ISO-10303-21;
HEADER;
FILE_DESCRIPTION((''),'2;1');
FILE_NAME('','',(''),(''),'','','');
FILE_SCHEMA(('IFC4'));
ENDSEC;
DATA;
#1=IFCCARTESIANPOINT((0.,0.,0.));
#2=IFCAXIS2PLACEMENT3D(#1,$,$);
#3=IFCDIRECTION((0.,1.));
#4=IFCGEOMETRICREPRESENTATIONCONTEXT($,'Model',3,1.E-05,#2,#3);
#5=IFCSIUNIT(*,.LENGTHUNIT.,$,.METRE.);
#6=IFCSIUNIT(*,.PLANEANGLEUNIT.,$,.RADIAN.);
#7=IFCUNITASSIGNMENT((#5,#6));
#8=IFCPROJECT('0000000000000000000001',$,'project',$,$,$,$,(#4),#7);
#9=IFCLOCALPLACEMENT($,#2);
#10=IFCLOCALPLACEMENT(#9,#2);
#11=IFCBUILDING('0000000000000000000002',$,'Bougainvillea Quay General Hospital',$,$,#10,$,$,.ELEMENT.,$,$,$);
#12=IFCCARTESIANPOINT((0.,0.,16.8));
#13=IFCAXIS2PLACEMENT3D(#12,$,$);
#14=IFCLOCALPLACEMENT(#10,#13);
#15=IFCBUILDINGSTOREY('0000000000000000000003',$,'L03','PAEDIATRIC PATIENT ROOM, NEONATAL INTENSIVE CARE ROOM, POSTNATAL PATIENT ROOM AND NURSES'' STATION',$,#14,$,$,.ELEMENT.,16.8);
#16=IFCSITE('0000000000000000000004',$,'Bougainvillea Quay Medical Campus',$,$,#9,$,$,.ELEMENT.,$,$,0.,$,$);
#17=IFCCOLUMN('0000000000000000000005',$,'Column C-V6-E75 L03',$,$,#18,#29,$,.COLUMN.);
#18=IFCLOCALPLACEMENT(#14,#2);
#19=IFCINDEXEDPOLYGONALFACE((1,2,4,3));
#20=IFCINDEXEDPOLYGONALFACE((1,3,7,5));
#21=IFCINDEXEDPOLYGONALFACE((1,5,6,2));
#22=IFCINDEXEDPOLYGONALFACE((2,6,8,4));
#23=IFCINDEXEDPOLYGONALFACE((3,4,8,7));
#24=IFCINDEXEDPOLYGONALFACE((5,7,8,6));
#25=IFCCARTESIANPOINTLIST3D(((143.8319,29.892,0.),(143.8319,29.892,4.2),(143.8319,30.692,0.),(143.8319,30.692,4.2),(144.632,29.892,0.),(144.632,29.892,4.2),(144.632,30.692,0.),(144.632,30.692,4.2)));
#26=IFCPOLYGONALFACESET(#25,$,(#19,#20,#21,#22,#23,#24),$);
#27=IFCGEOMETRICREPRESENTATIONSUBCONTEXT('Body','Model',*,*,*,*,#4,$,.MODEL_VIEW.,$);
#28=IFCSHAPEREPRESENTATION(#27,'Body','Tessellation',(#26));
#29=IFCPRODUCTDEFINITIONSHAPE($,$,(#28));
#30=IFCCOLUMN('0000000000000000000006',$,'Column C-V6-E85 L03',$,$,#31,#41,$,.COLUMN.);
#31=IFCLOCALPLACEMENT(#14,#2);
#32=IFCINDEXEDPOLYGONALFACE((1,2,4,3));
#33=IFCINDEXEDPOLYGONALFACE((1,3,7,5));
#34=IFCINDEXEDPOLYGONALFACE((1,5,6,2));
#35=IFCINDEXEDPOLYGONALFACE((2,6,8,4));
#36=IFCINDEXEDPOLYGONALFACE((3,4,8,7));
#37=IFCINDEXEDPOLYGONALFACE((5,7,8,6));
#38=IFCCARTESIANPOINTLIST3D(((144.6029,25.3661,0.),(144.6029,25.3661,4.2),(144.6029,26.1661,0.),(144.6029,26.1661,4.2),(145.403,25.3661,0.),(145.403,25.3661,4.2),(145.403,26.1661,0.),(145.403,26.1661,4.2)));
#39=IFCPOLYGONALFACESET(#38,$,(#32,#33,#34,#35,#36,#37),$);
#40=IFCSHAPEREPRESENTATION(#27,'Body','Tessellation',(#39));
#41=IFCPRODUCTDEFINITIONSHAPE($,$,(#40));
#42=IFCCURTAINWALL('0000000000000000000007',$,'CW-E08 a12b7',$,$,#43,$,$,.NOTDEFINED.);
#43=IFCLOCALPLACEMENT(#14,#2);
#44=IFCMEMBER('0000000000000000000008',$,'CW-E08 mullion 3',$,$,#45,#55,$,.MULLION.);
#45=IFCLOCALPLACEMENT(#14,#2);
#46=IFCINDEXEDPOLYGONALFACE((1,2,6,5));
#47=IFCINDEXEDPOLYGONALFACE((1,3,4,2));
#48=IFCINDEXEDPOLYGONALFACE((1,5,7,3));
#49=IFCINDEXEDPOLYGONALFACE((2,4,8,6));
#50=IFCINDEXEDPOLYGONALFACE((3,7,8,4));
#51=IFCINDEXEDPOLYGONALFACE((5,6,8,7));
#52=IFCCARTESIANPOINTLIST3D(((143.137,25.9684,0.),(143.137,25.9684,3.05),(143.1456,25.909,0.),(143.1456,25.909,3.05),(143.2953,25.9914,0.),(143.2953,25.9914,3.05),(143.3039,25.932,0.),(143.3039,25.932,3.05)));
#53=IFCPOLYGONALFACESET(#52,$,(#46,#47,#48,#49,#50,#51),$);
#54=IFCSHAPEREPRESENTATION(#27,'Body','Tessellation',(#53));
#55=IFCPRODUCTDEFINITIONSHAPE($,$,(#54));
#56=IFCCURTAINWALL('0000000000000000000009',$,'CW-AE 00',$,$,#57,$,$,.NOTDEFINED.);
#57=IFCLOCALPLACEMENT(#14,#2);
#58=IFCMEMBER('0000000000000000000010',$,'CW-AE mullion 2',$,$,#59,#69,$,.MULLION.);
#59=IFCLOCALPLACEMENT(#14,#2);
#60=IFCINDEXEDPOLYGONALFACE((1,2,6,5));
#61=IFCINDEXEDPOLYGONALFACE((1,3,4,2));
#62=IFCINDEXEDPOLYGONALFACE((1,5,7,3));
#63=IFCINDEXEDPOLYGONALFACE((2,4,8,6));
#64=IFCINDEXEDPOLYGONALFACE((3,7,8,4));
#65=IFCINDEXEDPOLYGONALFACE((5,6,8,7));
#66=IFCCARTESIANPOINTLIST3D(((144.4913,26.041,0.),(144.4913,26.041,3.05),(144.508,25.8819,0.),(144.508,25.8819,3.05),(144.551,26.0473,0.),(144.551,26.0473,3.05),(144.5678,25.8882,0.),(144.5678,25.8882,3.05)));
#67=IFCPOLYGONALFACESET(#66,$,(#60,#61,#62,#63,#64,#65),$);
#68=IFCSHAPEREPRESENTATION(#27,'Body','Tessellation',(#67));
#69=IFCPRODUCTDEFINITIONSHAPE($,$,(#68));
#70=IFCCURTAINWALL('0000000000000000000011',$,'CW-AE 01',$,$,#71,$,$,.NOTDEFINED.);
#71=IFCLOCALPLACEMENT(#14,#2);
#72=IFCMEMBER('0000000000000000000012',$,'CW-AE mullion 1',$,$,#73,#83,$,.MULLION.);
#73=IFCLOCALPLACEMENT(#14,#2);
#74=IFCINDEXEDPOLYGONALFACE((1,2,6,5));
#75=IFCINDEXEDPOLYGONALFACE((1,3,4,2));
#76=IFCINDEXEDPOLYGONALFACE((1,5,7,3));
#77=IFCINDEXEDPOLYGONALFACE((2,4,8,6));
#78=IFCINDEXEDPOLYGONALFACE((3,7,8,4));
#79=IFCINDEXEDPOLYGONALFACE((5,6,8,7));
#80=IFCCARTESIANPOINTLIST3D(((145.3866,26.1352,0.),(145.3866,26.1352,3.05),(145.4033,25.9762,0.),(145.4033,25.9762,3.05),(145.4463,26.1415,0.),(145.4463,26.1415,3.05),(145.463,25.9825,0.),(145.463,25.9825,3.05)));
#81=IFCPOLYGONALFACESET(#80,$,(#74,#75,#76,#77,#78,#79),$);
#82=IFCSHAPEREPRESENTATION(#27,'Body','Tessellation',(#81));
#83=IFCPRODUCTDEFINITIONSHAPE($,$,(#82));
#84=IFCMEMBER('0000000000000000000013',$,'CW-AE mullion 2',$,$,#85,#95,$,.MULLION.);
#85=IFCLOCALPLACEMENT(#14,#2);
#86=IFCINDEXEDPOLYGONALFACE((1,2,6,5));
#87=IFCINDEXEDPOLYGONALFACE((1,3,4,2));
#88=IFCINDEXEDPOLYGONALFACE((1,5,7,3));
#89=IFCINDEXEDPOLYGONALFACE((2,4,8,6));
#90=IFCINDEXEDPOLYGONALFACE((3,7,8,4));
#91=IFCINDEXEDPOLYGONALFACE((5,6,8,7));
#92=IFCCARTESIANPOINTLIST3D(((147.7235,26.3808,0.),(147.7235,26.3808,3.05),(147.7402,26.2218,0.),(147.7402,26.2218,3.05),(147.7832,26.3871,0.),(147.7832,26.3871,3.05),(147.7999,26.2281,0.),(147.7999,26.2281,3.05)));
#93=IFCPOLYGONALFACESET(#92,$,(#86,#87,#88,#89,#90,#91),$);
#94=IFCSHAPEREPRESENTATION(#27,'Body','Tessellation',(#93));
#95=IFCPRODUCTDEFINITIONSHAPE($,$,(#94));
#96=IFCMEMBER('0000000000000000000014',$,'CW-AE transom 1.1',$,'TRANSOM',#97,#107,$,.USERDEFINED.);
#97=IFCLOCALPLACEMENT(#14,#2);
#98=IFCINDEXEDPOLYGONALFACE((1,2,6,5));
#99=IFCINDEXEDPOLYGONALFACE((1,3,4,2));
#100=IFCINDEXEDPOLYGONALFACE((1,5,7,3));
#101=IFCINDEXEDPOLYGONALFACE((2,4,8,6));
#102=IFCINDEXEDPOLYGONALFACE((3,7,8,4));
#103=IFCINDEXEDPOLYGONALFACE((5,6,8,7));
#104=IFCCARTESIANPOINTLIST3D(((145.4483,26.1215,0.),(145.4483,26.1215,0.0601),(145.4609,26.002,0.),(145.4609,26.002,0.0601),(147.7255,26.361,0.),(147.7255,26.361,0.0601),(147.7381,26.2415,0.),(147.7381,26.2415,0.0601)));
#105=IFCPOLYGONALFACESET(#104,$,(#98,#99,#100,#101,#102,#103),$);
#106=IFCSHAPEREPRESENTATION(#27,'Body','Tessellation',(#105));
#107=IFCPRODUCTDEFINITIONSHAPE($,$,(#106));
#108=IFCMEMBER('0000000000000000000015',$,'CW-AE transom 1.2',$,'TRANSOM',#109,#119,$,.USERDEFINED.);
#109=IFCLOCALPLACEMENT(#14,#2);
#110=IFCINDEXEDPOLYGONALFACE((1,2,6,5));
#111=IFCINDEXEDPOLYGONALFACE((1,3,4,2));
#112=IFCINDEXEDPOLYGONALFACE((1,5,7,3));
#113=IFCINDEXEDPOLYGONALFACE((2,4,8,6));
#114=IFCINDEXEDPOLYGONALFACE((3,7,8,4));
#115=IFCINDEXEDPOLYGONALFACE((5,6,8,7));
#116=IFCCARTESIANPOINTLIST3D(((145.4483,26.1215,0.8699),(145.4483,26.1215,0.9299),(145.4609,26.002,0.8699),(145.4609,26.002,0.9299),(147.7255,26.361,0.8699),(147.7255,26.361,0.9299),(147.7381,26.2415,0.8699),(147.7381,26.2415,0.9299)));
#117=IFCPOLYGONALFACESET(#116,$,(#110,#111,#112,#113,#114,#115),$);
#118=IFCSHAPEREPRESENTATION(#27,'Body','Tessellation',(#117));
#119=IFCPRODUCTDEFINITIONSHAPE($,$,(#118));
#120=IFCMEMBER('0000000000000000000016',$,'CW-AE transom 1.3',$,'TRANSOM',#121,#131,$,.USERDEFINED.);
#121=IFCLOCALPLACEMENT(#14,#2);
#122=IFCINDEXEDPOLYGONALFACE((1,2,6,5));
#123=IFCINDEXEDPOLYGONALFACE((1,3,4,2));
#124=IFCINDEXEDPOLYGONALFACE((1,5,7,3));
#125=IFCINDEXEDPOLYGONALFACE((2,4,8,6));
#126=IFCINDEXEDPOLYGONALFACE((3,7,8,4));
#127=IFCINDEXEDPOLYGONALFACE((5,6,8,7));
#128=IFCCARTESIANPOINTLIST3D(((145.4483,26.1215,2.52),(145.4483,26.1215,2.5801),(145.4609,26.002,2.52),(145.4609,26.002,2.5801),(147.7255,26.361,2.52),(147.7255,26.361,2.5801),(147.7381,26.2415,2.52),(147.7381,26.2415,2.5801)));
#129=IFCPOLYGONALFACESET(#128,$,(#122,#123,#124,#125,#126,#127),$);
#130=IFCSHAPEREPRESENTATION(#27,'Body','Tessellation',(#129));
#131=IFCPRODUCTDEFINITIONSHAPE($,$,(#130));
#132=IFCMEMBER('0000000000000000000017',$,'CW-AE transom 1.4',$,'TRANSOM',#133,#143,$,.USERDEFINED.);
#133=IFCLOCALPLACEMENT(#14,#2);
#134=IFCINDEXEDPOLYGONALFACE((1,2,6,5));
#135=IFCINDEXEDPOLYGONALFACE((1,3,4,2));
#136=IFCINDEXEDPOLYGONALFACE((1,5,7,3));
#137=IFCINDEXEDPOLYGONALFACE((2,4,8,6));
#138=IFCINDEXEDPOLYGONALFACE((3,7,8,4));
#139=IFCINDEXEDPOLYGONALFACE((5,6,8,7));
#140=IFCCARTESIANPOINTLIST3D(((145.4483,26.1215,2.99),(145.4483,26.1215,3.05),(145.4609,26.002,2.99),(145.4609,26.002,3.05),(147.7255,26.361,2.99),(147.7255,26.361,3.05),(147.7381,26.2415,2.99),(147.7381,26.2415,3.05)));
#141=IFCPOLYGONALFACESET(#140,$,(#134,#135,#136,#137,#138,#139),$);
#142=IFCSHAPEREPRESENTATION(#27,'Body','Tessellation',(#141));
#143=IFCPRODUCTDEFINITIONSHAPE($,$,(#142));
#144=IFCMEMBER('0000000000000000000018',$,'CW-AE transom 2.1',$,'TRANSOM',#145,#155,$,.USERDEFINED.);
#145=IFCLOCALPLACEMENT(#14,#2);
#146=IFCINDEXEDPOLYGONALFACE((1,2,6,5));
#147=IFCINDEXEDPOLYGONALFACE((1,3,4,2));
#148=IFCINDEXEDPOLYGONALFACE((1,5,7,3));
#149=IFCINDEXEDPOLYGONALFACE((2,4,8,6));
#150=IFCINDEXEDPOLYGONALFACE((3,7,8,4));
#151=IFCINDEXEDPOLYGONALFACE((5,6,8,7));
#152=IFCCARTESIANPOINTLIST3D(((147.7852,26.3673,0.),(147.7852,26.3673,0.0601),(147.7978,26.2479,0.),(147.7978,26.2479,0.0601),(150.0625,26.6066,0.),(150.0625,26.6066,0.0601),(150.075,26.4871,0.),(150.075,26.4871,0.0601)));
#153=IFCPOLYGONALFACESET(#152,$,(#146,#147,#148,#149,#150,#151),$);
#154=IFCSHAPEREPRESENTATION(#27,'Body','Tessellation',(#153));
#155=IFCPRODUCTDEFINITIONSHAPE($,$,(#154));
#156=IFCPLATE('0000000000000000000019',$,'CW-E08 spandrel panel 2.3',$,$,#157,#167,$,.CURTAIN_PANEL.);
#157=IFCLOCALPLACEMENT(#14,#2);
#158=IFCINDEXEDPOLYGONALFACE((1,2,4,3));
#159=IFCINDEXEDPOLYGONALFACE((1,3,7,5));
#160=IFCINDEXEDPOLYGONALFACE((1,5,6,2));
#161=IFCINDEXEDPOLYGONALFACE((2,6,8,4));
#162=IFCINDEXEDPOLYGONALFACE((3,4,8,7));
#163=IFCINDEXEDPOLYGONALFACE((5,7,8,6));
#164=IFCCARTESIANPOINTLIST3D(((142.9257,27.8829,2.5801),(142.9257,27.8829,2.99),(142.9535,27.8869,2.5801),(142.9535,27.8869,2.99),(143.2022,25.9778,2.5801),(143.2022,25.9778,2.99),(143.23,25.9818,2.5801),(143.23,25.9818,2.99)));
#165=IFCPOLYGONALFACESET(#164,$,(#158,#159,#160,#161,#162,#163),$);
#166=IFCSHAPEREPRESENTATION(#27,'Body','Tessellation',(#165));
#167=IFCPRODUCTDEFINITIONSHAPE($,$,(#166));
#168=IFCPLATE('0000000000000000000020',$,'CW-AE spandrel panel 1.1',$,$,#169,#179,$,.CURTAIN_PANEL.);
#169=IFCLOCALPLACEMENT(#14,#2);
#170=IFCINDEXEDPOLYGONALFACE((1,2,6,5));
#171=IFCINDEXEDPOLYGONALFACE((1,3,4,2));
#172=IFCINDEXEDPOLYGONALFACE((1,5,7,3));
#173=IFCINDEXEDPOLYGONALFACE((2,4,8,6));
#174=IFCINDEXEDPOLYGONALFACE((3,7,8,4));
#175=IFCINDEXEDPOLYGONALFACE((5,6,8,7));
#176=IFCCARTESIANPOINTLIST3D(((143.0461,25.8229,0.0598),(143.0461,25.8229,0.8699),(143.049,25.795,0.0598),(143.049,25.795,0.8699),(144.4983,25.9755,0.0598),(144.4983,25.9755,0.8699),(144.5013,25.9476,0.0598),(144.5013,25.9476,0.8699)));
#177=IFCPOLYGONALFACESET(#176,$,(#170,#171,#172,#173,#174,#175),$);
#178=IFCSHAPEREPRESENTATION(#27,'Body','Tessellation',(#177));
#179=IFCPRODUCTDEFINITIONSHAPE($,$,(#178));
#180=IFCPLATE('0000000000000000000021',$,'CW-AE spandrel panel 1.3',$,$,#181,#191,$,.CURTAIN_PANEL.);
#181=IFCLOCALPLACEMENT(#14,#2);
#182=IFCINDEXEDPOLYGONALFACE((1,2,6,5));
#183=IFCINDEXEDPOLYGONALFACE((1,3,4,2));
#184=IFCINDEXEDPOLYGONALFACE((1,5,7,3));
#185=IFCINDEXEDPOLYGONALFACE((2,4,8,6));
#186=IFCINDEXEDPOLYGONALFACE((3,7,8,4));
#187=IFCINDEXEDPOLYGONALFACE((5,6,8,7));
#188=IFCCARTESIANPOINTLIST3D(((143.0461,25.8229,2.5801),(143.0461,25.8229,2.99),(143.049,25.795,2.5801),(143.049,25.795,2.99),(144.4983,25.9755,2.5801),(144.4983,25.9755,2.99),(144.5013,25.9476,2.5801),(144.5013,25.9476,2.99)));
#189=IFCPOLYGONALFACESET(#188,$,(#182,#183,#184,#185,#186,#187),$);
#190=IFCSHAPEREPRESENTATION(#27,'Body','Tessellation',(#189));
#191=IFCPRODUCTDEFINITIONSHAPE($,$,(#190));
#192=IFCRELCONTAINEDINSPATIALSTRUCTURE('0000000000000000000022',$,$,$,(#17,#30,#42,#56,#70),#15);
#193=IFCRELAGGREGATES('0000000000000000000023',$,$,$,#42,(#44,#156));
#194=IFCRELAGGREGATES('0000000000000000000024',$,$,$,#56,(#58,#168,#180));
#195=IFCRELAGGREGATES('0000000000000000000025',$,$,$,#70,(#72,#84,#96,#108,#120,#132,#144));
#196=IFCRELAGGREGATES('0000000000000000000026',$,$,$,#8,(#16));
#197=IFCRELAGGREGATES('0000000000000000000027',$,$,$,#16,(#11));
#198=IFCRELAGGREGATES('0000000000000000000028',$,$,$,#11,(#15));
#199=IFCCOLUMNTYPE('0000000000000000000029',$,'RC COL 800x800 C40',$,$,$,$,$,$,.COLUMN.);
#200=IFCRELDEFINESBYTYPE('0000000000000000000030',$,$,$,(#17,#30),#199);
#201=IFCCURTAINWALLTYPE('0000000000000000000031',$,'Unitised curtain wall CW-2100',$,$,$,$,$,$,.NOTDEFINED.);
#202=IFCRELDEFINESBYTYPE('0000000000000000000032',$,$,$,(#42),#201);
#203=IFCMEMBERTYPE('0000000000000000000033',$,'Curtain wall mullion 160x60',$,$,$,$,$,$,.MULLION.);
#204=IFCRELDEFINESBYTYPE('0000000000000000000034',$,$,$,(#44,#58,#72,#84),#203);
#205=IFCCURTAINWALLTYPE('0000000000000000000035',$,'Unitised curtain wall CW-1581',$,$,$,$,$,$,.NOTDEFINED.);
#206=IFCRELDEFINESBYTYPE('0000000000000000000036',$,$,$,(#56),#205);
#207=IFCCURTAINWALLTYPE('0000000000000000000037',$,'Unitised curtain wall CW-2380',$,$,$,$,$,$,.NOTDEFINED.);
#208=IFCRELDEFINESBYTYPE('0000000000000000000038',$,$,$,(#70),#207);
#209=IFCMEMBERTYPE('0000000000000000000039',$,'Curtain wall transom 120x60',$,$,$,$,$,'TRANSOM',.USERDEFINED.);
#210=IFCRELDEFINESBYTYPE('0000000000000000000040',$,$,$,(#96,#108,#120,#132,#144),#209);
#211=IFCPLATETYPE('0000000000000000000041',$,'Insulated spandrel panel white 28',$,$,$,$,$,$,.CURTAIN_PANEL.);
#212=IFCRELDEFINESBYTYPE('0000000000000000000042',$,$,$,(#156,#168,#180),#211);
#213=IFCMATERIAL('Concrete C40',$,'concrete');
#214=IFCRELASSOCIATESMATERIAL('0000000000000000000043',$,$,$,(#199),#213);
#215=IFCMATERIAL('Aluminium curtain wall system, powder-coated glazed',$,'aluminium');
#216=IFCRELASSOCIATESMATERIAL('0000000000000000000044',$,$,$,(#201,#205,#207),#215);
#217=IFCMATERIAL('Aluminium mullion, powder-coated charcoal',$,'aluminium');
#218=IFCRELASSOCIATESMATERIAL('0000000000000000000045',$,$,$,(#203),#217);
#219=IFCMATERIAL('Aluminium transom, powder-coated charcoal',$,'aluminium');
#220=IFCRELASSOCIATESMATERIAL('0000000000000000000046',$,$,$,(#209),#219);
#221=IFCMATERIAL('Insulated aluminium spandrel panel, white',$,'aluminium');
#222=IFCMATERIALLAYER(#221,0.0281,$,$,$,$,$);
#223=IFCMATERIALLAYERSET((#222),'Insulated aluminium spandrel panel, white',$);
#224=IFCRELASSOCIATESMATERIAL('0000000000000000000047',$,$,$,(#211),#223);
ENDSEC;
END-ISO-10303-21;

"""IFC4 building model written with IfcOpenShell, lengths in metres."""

from ifc_helpers import new_model, si_unit, direction, frame, origin, origin_2d, place, context, subcontext, project, spatial, rectangle, extrude, material, layer, layer_set, material_profile, profile_set, type_object, element, aggregate, save


model = new_model("IFC4")

# Units and contexts
model_context = context("Model", 3, precision=1e-05, world=origin(), true_north=direction((0.0, 1.0)))
body_context = subcontext(model_context, "Body", "Model", "MODEL_VIEW")
ifc_project = project(units=[si_unit("LENGTHUNIT", "METRE"), si_unit("PLANEANGLEUNIT", "RADIAN")], contexts=[model_context])

# Site, building, storey
site_placement = place(None, origin())
site = spatial("IfcSite", under=ifc_project, at=site_placement, Name="Bougainvillea Quay Medical Campus", CompositionType="ELEMENT", RefElevation=0.0)
building_placement = place(site_placement, origin())
building = spatial("IfcBuilding", under=site, at=building_placement, Name="Bougainvillea Quay General Hospital", CompositionType="ELEMENT")
storey_placement = place(building_placement, frame((0.0, 0.0, 16.8)))
storey = spatial("IfcBuildingStorey", under=building, at=storey_placement, Name="L03", Description="PAEDIATRIC PATIENT ROOM, NEONATAL INTENSIVE CARE ROOM, POSTNATAL PATIENT ROOM AND NURSES' STATION", CompositionType="ELEMENT", Elevation=16.8)

# Columns
ifc_material_1 = material(Name="Concrete C40", Category="concrete")
ifc_material_profile_1 = material_profile(ifc_material_1, rectangle(XDim=0.8, YDim=0.8, at=origin_2d()))
ifc_profile_set_1 = profile_set([ifc_material_profile_1], Name="Concrete C40")
column_type = type_object("IfcColumnType", Name="RC COL 800x800 C40", PredefinedType="COLUMN", material=ifc_profile_set_1)
for number, where, z_axis, x_axis, name in (
    (1, (144.2319, 30.292, 0.0), (0.0, 0.0, 1.0), (1.0, 0.0, 0.0), "Column C-V6-E75 L03"),
    (2, (145.0029, 25.7661, 0.0), (0.0, 0.0, 1.0), (1.0, 0.0, 0.0), "Column C-V6-E85 L03"),
):
    element("IfcColumn", number, at=place(storey_placement, frame(where, z_axis=z_axis, x_axis=x_axis)), inside=storey, type_object=column_type, Name=name, PredefinedType="COLUMN", context=body_context, shape_type="SweptSolid", body=[
        extrude(rectangle(XDim=0.8, YDim=0.8, at=origin_2d()), origin(), (0.0, 0.0, 1.0), 4.2),
    ])

# Curtain walls, members
ifc_material_2 = material(Name="Aluminium curtain wall system, powder-coated glazed", Category="aluminium")
curtain_wall_type_1 = type_object("IfcCurtainWallType", Name="Unitised curtain wall CW-2100", PredefinedType="NOTDEFINED", material=ifc_material_2)
curtain_wall_1_placement = place(storey_placement, origin())
curtain_wall_1 = element("IfcCurtainWall", 3, at=curtain_wall_1_placement, inside=storey, type_object=curtain_wall_type_1, Name="CW-E08 a12b7", PredefinedType="NOTDEFINED")
ifc_material_3 = material(Name="Aluminium mullion, powder-coated charcoal", Category="aluminium")
ifc_material_profile_2 = material_profile(ifc_material_3, rectangle(XDim=0.1599, YDim=0.0601, at=origin_2d()))
ifc_profile_set_2 = profile_set([ifc_material_profile_2], Name="Aluminium mullion, powder-coated charcoal")
member_type_1 = type_object("IfcMemberType", Name="Curtain wall mullion 160x60", PredefinedType="MULLION", material=ifc_profile_set_2)
member_1_placement = place(storey_placement, frame((143.2205, 25.9502, 0.0), z_axis=(0.0, 0.0, 1.0), x_axis=(0.98963, 0.143643, 0.0)))
member_1 = element("IfcMember", 4, at=member_1_placement, type_object=member_type_1, Name="CW-E08 mullion 3", PredefinedType="MULLION", context=body_context, shape_type="SweptSolid", body=[
    extrude(rectangle(XDim=0.1599, YDim=0.0601, at=origin_2d()), origin(), (0.0, 0.0, 1.0), 3.05),
])
curtain_wall_type_2 = type_object("IfcCurtainWallType", Name="Unitised curtain wall CW-1581", PredefinedType="NOTDEFINED", material=ifc_material_2)
curtain_wall_2_placement = place(storey_placement, origin())
curtain_wall_2 = element("IfcCurtainWall", 5, at=curtain_wall_2_placement, inside=storey, type_object=curtain_wall_type_2, Name="CW-AE 00", PredefinedType="NOTDEFINED")
member_2_placement = place(storey_placement, frame((144.5295, 25.9646, 0.0), z_axis=(0.0, 0.0, 1.0), x_axis=(-0.104527, 0.994522, 0.0)))
member_2 = element("IfcMember", 6, at=member_2_placement, type_object=member_type_1, Name="CW-AE mullion 2", PredefinedType="MULLION", context=body_context, shape_type="SweptSolid", body=[
    extrude(rectangle(XDim=0.1599, YDim=0.0601, at=origin_2d()), origin(), (0.0, 0.0, 1.0), 3.05),
])

# Curtain wall, members
curtain_wall_type_3 = type_object("IfcCurtainWallType", Name="Unitised curtain wall CW-2380", PredefinedType="NOTDEFINED", material=ifc_material_2)
curtain_wall_3_placement = place(storey_placement, origin())
curtain_wall_3 = element("IfcCurtainWall", 7, at=curtain_wall_3_placement, inside=storey, type_object=curtain_wall_type_3, Name="CW-AE 01", PredefinedType="NOTDEFINED")
member_3_placement = place(storey_placement, frame((145.4248, 26.0588, 0.0), z_axis=(0.0, 0.0, 1.0), x_axis=(-0.104527, 0.994522, 0.0)))
member_3 = element("IfcMember", 8, at=member_3_placement, type_object=member_type_1, Name="CW-AE mullion 1", PredefinedType="MULLION", context=body_context, shape_type="SweptSolid", body=[
    extrude(rectangle(XDim=0.1599, YDim=0.0601, at=origin_2d()), origin(), (0.0, 0.0, 1.0), 3.05),
])
member_4_placement = place(storey_placement, frame((147.7617, 26.3044, 0.0), z_axis=(0.0, 0.0, 1.0), x_axis=(-0.104527, 0.994522, 0.0)))
member_4 = element("IfcMember", 9, at=member_4_placement, type_object=member_type_1, Name="CW-AE mullion 2", PredefinedType="MULLION", context=body_context, shape_type="SweptSolid", body=[
    extrude(rectangle(XDim=0.1599, YDim=0.0601, at=origin_2d()), origin(), (0.0, 0.0, 1.0), 3.05),
])
ifc_material_4 = material(Name="Aluminium transom, powder-coated charcoal", Category="aluminium")
ifc_material_profile_3 = material_profile(ifc_material_4, rectangle(XDim=0.1201, YDim=0.0601, at=origin_2d()))
ifc_profile_set_3 = profile_set([ifc_material_profile_3], Name="Aluminium transom, powder-coated charcoal")
member_type_2 = type_object("IfcMemberType", Name="Curtain wall transom 120x60", ElementType="TRANSOM", PredefinedType="USERDEFINED", material=ifc_profile_set_3)
member_5_placement = place(storey_placement, frame((145.4546, 26.0618, 0.03), z_axis=(0.994515, 0.10459, 0.0), x_axis=(-0.10459, 0.994515, 0.0)))
member_5 = element("IfcMember", 10, at=member_5_placement, type_object=member_type_2, Name="CW-AE transom 1.1", ObjectType="TRANSOM", PredefinedType="USERDEFINED", context=body_context, shape_type="SweptSolid", body=[
    extrude(rectangle(XDim=0.1201, YDim=0.0601, at=origin_2d()), origin(), (0.0, 0.0, 1.0), 2.2898),
])
member_6_placement = place(storey_placement, frame((145.4546, 26.0618, 0.8999), z_axis=(0.994515, 0.10459, 0.0), x_axis=(-0.10459, 0.994515, 0.0)))
member_6 = element("IfcMember", 11, at=member_6_placement, type_object=member_type_2, Name="CW-AE transom 1.2", ObjectType="TRANSOM", PredefinedType="USERDEFINED", context=body_context, shape_type="SweptSolid", body=[
    extrude(rectangle(XDim=0.1201, YDim=0.0601, at=origin_2d()), origin(), (0.0, 0.0, 1.0), 2.2898),
])
member_7_placement = place(storey_placement, frame((145.4546, 26.0618, 2.55), z_axis=(0.994515, 0.10459, 0.0), x_axis=(-0.10459, 0.994515, 0.0)))
member_7 = element("IfcMember", 12, at=member_7_placement, type_object=member_type_2, Name="CW-AE transom 1.3", ObjectType="TRANSOM", PredefinedType="USERDEFINED", context=body_context, shape_type="SweptSolid", body=[
    extrude(rectangle(XDim=0.1201, YDim=0.0601, at=origin_2d()), origin(), (0.0, 0.0, 1.0), 2.2898),
])
member_8_placement = place(storey_placement, frame((145.4546, 26.0618, 3.02), z_axis=(0.994515, 0.10459, 0.0), x_axis=(-0.10459, 0.994515, 0.0)))
member_8 = element("IfcMember", 13, at=member_8_placement, type_object=member_type_2, Name="CW-AE transom 1.4", ObjectType="TRANSOM", PredefinedType="USERDEFINED", context=body_context, shape_type="SweptSolid", body=[
    extrude(rectangle(XDim=0.1201, YDim=0.0601, at=origin_2d()), origin(), (0.0, 0.0, 1.0), 2.2898),
])
member_9_placement = place(storey_placement, frame((147.7915, 26.3076, 0.03), z_axis=(0.994526, 0.104485, 0.0), x_axis=(-0.104485, 0.994526, 0.0)))
member_9 = element("IfcMember", 14, at=member_9_placement, type_object=member_type_2, Name="CW-AE transom 2.1", ObjectType="TRANSOM", PredefinedType="USERDEFINED", context=body_context, shape_type="SweptSolid", body=[
    extrude(rectangle(XDim=0.1201, YDim=0.0601, at=origin_2d()), origin(), (0.0, 0.0, 1.0), 2.2898),
])

# Plates
ifc_material_5 = material(Name="Insulated aluminium spandrel panel, white", Category="aluminium")
ifc_layer_1 = layer(ifc_material_5, 0.0281)
ifc_layer_set_1 = layer_set([ifc_layer_1], Name="Insulated aluminium spandrel panel, white")
plate_type_1 = type_object("IfcPlateType", Name="Insulated spandrel panel white 28", PredefinedType="CURTAIN_PANEL", material=ifc_layer_set_1)
plate_1_placement = place(storey_placement, frame((143.0779, 26.9324, 2.5801), z_axis=(0.0, 0.0, 1.0), x_axis=(0.143643, -0.98963, 0.0)))
plate_1 = element("IfcPlate", 15, at=plate_1_placement, type_object=plate_type_1, Name="CW-E08 spandrel panel 2.3", PredefinedType="CURTAIN_PANEL", context=body_context, shape_type="SweptSolid", body=[
    extrude(rectangle(XDim=1.925, YDim=0.0281, at=origin_2d()), origin(), (0.0, 0.0, 1.0), 0.4099),
])
aggregate(curtain_wall_1, [member_1, plate_1])
plate_2_placement = place(storey_placement, frame((143.7737, 25.8853, 0.0598), z_axis=(0.0, 0.0, 1.0), x_axis=(0.994522, 0.104527, 0.0)))
plate_2 = element("IfcPlate", 16, at=plate_2_placement, type_object=plate_type_1, Name="CW-AE spandrel panel 1.1", PredefinedType="CURTAIN_PANEL", context=body_context, shape_type="SweptSolid", body=[
    extrude(rectangle(XDim=1.4602, YDim=0.0281, at=origin_2d()), origin(), (0.0, 0.0, 1.0), 0.8101),
])
plate_3_placement = place(storey_placement, frame((143.7737, 25.8853, 2.5801), z_axis=(0.0, 0.0, 1.0), x_axis=(0.994522, 0.104527, 0.0)))
plate_3 = element("IfcPlate", 17, at=plate_3_placement, type_object=plate_type_1, Name="CW-AE spandrel panel 1.3", PredefinedType="CURTAIN_PANEL", context=body_context, shape_type="SweptSolid", body=[
    extrude(rectangle(XDim=1.4602, YDim=0.0281, at=origin_2d()), origin(), (0.0, 0.0, 1.0), 0.4099),
])
aggregate(curtain_wall_2, [member_2, plate_2, plate_3])
aggregate(curtain_wall_3, [member_3, member_4, member_5, member_6, member_7, member_8, member_9])

save(model, "model.ifc")
